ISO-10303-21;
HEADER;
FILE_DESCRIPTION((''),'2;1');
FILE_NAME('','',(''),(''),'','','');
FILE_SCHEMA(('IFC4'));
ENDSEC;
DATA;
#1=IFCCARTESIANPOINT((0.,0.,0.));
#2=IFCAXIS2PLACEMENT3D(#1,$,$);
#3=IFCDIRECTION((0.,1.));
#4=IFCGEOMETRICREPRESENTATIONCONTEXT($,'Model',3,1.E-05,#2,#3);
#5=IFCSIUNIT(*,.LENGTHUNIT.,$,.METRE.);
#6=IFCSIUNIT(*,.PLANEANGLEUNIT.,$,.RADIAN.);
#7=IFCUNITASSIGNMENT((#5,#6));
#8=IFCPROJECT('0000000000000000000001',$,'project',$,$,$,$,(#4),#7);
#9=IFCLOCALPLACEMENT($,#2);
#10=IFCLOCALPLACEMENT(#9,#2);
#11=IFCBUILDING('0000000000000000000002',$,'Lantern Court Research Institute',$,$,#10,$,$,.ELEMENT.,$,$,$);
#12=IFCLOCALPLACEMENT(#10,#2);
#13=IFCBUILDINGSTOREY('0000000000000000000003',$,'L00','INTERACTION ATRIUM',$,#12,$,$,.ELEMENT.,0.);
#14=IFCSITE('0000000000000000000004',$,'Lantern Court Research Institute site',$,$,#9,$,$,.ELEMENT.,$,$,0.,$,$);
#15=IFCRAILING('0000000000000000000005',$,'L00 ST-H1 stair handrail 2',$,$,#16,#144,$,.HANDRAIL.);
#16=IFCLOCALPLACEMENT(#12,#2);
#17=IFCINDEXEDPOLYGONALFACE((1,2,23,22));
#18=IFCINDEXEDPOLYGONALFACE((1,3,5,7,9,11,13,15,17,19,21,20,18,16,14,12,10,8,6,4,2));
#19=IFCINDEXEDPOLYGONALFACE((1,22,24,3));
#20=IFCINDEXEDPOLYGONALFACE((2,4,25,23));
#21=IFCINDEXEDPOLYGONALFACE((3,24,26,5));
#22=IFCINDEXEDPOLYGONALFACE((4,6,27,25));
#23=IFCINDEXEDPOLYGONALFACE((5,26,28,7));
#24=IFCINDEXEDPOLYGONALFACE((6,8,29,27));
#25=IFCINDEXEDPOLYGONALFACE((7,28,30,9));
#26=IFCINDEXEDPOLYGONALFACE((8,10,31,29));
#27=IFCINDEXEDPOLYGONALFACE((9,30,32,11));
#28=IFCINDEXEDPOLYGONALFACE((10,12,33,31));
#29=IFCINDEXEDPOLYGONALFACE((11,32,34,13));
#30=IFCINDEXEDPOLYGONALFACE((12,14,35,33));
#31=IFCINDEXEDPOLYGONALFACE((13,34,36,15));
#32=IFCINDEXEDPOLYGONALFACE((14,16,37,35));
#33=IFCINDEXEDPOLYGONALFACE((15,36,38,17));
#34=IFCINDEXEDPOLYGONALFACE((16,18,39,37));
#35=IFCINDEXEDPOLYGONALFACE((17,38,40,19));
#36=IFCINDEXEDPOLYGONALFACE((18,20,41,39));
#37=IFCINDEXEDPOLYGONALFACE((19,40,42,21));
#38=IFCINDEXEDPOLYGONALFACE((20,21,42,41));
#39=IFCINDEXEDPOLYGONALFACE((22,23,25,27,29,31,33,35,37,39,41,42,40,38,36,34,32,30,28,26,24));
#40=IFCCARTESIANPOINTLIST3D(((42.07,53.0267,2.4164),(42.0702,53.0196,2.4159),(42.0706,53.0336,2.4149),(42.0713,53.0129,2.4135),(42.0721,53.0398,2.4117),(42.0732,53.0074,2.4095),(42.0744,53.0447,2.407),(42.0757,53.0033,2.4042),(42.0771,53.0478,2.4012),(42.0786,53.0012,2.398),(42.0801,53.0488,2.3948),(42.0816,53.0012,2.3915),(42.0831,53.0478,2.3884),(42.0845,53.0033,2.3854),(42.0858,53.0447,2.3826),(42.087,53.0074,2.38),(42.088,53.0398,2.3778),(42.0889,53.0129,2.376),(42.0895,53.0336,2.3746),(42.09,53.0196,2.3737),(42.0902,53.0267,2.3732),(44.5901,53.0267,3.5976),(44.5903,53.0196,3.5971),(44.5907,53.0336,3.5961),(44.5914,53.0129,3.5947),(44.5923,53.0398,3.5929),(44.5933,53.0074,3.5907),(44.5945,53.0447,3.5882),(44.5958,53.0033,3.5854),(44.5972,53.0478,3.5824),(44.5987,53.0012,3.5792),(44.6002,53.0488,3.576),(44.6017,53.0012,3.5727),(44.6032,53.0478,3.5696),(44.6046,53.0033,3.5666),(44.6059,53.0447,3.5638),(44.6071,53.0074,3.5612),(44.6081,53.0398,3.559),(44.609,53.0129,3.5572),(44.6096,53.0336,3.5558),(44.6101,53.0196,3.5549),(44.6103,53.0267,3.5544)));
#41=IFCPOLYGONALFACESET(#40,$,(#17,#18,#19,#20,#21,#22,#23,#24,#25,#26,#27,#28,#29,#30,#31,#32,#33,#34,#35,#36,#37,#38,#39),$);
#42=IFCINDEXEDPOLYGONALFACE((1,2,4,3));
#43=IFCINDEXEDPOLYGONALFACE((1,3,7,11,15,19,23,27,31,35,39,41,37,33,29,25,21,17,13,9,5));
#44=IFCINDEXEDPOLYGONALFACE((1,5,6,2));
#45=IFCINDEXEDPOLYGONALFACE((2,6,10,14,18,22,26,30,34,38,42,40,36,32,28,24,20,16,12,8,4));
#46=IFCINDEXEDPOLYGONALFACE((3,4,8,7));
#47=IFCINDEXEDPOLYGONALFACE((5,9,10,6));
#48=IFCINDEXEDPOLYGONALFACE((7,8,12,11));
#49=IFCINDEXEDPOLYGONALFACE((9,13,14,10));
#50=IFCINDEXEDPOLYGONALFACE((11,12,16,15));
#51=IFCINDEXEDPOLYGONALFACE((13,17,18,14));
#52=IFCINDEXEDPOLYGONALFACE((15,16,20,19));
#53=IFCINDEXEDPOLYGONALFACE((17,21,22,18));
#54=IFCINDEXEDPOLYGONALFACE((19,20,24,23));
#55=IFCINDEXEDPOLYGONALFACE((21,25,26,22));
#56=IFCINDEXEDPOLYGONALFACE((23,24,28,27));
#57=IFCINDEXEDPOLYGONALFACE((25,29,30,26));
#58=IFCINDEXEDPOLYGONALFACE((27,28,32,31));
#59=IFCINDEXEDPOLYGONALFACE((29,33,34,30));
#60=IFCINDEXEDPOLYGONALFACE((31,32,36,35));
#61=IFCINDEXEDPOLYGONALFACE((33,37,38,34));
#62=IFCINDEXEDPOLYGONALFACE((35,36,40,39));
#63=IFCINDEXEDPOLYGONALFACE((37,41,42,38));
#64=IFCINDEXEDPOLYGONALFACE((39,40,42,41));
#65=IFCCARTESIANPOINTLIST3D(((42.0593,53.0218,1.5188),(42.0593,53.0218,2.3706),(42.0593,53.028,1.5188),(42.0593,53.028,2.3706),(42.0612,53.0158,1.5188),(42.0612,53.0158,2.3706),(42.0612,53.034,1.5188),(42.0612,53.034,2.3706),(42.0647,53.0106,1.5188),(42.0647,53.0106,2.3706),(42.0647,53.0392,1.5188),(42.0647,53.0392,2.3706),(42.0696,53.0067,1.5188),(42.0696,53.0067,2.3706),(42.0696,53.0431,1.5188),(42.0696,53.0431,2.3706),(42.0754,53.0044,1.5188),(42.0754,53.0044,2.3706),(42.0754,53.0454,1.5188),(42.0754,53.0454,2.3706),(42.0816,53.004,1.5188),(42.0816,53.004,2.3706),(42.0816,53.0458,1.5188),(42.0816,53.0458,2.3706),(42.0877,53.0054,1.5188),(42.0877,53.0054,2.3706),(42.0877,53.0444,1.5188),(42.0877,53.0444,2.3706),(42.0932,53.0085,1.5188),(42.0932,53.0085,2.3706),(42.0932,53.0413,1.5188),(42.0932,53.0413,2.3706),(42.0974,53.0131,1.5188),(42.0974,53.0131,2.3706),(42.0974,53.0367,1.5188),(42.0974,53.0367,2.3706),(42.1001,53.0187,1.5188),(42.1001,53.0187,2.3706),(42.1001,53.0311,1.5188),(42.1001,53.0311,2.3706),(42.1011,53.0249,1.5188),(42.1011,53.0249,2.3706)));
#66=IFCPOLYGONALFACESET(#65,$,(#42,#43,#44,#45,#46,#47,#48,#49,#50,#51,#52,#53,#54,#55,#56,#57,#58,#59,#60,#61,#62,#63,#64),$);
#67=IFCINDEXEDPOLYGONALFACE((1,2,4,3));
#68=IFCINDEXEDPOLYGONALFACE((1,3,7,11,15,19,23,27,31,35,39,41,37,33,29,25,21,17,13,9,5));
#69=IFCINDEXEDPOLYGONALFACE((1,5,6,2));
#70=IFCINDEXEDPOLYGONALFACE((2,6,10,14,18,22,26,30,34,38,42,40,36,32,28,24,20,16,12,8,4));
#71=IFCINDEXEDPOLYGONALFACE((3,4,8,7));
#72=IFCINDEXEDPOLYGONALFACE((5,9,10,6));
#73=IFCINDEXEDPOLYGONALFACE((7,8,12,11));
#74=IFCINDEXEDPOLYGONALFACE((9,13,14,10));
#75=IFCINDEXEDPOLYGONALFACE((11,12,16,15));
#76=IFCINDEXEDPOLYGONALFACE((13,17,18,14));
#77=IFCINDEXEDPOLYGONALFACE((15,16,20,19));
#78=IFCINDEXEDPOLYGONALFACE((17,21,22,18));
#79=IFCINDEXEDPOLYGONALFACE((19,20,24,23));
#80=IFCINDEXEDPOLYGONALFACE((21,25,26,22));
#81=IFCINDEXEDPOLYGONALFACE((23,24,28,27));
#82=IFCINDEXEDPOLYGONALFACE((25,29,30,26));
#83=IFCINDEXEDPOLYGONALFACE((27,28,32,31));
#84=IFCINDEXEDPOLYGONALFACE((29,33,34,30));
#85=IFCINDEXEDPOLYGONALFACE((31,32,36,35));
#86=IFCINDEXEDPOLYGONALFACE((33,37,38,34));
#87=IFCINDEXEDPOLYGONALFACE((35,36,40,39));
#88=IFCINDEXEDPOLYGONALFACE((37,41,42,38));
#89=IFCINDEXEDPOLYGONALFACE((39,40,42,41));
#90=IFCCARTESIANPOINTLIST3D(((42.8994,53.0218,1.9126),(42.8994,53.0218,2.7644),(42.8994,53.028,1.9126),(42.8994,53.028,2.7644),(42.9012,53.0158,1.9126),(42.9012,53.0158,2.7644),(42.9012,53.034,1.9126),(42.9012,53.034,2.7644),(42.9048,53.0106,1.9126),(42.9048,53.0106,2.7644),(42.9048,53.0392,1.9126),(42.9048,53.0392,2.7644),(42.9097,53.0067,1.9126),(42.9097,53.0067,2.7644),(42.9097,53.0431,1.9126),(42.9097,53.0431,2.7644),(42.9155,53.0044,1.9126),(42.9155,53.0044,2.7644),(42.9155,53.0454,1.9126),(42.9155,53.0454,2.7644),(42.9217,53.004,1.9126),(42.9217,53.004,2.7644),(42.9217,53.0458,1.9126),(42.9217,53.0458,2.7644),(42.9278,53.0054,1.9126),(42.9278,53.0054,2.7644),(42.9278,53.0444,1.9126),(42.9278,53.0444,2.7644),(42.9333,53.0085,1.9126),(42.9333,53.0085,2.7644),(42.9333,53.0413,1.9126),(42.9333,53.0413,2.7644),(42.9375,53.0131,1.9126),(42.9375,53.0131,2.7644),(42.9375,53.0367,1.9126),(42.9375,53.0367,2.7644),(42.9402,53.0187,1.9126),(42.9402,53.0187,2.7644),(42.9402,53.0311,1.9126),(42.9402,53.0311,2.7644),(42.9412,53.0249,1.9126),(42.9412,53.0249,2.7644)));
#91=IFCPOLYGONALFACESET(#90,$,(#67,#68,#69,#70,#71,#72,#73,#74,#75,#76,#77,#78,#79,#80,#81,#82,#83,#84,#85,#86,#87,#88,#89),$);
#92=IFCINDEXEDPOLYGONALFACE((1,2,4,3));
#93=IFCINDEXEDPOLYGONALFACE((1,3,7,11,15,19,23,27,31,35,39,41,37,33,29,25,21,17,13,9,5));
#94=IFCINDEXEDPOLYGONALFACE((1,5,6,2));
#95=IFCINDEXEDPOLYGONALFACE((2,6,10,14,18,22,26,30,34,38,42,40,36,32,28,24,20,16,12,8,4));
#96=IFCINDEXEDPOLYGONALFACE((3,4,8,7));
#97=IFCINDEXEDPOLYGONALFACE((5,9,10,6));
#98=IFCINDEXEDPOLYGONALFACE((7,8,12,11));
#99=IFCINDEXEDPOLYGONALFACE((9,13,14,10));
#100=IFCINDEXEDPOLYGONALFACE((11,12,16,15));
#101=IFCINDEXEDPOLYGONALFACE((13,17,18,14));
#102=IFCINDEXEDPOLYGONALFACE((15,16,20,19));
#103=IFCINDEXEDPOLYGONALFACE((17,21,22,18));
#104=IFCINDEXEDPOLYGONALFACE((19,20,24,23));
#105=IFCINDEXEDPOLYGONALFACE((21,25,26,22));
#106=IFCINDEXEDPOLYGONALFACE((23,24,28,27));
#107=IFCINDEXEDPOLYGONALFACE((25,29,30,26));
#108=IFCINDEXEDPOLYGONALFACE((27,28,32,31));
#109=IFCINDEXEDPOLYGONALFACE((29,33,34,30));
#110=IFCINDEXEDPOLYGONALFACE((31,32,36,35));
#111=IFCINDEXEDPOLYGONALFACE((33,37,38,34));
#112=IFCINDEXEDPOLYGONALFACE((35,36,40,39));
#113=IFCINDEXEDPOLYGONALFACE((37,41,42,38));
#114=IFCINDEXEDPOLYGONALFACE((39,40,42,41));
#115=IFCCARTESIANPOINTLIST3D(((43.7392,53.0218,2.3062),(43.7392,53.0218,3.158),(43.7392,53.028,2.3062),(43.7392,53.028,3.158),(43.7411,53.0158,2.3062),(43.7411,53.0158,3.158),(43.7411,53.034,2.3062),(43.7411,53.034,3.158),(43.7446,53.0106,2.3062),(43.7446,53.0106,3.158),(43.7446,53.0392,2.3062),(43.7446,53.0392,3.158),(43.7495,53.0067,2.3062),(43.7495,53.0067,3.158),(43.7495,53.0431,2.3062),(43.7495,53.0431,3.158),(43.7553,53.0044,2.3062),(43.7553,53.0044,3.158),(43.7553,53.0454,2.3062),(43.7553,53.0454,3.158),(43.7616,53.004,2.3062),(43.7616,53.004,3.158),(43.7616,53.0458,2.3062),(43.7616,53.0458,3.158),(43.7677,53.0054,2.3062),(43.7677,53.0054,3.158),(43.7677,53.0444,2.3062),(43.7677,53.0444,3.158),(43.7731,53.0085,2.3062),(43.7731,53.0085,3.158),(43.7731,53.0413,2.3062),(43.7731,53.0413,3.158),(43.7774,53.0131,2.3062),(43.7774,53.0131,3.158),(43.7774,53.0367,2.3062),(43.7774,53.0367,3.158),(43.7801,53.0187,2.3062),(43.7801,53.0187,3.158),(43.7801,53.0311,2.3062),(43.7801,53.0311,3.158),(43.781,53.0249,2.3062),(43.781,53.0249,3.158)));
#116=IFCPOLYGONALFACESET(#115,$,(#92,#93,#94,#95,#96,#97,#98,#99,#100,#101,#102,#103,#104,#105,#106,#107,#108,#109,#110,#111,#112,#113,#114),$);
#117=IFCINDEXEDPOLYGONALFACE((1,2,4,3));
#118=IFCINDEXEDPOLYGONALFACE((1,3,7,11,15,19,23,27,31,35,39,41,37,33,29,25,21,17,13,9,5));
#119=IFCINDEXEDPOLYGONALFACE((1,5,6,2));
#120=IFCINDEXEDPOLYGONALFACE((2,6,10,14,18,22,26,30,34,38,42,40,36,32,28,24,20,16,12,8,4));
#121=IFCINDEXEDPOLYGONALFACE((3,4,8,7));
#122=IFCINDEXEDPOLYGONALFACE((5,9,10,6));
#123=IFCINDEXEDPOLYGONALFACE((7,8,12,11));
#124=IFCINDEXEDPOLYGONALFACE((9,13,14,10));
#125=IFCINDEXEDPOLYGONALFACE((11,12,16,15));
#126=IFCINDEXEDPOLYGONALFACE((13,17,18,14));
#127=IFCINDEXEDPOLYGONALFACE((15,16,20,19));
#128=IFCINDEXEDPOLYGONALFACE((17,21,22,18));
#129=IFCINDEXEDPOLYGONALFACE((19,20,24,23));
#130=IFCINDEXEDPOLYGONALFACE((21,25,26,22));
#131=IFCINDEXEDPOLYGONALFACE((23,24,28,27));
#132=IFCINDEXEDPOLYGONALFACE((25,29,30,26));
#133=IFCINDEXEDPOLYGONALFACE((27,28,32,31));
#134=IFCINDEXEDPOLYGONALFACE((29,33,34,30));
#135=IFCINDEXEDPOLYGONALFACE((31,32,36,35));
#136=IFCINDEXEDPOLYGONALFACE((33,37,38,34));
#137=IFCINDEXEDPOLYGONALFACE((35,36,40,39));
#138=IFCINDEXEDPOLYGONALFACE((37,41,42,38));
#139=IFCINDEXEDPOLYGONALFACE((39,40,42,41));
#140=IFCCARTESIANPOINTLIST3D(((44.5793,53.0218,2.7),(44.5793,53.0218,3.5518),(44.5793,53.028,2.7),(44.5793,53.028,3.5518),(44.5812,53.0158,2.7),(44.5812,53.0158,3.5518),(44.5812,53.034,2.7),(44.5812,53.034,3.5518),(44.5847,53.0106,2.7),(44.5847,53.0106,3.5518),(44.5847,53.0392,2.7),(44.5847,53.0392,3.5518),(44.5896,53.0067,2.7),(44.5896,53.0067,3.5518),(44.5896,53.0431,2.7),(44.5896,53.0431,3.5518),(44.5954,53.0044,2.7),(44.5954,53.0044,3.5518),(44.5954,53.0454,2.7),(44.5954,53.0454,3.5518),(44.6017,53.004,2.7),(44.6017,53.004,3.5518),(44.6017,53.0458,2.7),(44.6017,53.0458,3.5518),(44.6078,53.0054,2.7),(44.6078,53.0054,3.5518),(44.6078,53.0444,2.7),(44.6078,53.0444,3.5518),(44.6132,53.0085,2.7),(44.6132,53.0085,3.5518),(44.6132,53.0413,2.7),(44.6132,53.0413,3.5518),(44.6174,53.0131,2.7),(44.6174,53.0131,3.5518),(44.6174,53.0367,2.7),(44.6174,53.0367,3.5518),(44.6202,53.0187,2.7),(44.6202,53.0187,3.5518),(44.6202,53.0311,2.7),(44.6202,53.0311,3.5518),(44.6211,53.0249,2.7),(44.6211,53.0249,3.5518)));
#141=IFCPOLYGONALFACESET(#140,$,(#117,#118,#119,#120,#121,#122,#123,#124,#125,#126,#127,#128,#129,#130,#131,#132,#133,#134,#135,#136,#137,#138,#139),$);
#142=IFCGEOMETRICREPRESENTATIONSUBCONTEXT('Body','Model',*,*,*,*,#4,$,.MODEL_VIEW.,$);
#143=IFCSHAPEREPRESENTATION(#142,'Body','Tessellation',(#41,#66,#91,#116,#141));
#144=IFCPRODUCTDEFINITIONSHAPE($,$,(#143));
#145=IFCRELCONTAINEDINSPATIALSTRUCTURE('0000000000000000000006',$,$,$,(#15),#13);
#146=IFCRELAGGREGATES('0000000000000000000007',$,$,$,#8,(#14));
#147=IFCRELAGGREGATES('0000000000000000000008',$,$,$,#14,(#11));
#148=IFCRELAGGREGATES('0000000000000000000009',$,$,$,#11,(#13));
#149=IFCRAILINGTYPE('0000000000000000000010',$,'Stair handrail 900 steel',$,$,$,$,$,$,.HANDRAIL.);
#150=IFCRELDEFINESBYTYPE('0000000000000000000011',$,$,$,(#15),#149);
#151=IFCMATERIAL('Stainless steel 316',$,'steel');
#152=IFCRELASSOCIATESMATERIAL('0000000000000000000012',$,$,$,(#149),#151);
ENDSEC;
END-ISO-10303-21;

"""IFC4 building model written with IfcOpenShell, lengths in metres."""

from ifc_helpers import new_model, si_unit, direction, frame, origin, origin_2d, place, context, subcontext, project, spatial, circle, extrude, material, type_object, element, save


model = new_model("IFC4")

# Units and contexts
model_context = context("Model", 3, precision=1e-05, world=origin(), true_north=direction((0.0, 1.0)))
body_context = subcontext(model_context, "Body", "Model", "MODEL_VIEW")
ifc_project = project(units=[si_unit("LENGTHUNIT", "METRE"), si_unit("PLANEANGLEUNIT", "RADIAN")], contexts=[model_context])

# Site, building, storey
site_placement = place(None, origin())
site = spatial("IfcSite", under=ifc_project, at=site_placement, Name="Lantern Court Research Institute site", CompositionType="ELEMENT", RefElevation=0.0)
building_placement = place(site_placement, origin())
building = spatial("IfcBuilding", under=site, at=building_placement, Name="Lantern Court Research Institute", CompositionType="ELEMENT")
storey_placement = place(building_placement, origin())
storey = spatial("IfcBuildingStorey", under=building, at=storey_placement, Name="L00", Description="INTERACTION ATRIUM", CompositionType="ELEMENT", Elevation=0.0)

# Railing
ifc_material_1 = material(Name="Stainless steel 316", Category="steel")
railing_type_1 = type_object("IfcRailingType", Name="Stair handrail 900 steel", PredefinedType="HANDRAIL", material=ifc_material_1)
for number, where, name in (
    (1, (42.0801, 53.0249, 1.5188), "L00 ST-H1 stair handrail 2"),
):
    element("IfcRailing", number, at=place(storey_placement, frame(where)), inside=storey, type_object=railing_type_1, Name=name, PredefinedType="HANDRAIL", context=body_context, shape_type="SweptSolid", body=[
        extrude(circle(Radius=0.0239, at=origin_2d()), frame((0.0, 0.0, 0.876), z_axis=(0.905474, 0.0, 0.424402), x_axis=(0.0, 1.0, 0.0)), (0.0, 0.0, 1.0), 2.7832),
        extrude(circle(Radius=0.021, at=origin_2d()), origin(), (0.0, 0.0, 1.0), 0.8518),
        extrude(circle(Radius=0.021, at=origin_2d()), frame((0.8401, 0.0, 0.3938)), (0.0, 0.0, 1.0), 0.8518),
        extrude(circle(Radius=0.021, at=origin_2d()), frame((1.6799, 0.0, 0.7874)), (0.0, 0.0, 1.0), 0.8518),
        extrude(circle(Radius=0.021, at=origin_2d()), frame((2.52, 0.0, 1.1812)), (0.0, 0.0, 1.0), 0.8518),
    ])

save(model, "model.ifc")
